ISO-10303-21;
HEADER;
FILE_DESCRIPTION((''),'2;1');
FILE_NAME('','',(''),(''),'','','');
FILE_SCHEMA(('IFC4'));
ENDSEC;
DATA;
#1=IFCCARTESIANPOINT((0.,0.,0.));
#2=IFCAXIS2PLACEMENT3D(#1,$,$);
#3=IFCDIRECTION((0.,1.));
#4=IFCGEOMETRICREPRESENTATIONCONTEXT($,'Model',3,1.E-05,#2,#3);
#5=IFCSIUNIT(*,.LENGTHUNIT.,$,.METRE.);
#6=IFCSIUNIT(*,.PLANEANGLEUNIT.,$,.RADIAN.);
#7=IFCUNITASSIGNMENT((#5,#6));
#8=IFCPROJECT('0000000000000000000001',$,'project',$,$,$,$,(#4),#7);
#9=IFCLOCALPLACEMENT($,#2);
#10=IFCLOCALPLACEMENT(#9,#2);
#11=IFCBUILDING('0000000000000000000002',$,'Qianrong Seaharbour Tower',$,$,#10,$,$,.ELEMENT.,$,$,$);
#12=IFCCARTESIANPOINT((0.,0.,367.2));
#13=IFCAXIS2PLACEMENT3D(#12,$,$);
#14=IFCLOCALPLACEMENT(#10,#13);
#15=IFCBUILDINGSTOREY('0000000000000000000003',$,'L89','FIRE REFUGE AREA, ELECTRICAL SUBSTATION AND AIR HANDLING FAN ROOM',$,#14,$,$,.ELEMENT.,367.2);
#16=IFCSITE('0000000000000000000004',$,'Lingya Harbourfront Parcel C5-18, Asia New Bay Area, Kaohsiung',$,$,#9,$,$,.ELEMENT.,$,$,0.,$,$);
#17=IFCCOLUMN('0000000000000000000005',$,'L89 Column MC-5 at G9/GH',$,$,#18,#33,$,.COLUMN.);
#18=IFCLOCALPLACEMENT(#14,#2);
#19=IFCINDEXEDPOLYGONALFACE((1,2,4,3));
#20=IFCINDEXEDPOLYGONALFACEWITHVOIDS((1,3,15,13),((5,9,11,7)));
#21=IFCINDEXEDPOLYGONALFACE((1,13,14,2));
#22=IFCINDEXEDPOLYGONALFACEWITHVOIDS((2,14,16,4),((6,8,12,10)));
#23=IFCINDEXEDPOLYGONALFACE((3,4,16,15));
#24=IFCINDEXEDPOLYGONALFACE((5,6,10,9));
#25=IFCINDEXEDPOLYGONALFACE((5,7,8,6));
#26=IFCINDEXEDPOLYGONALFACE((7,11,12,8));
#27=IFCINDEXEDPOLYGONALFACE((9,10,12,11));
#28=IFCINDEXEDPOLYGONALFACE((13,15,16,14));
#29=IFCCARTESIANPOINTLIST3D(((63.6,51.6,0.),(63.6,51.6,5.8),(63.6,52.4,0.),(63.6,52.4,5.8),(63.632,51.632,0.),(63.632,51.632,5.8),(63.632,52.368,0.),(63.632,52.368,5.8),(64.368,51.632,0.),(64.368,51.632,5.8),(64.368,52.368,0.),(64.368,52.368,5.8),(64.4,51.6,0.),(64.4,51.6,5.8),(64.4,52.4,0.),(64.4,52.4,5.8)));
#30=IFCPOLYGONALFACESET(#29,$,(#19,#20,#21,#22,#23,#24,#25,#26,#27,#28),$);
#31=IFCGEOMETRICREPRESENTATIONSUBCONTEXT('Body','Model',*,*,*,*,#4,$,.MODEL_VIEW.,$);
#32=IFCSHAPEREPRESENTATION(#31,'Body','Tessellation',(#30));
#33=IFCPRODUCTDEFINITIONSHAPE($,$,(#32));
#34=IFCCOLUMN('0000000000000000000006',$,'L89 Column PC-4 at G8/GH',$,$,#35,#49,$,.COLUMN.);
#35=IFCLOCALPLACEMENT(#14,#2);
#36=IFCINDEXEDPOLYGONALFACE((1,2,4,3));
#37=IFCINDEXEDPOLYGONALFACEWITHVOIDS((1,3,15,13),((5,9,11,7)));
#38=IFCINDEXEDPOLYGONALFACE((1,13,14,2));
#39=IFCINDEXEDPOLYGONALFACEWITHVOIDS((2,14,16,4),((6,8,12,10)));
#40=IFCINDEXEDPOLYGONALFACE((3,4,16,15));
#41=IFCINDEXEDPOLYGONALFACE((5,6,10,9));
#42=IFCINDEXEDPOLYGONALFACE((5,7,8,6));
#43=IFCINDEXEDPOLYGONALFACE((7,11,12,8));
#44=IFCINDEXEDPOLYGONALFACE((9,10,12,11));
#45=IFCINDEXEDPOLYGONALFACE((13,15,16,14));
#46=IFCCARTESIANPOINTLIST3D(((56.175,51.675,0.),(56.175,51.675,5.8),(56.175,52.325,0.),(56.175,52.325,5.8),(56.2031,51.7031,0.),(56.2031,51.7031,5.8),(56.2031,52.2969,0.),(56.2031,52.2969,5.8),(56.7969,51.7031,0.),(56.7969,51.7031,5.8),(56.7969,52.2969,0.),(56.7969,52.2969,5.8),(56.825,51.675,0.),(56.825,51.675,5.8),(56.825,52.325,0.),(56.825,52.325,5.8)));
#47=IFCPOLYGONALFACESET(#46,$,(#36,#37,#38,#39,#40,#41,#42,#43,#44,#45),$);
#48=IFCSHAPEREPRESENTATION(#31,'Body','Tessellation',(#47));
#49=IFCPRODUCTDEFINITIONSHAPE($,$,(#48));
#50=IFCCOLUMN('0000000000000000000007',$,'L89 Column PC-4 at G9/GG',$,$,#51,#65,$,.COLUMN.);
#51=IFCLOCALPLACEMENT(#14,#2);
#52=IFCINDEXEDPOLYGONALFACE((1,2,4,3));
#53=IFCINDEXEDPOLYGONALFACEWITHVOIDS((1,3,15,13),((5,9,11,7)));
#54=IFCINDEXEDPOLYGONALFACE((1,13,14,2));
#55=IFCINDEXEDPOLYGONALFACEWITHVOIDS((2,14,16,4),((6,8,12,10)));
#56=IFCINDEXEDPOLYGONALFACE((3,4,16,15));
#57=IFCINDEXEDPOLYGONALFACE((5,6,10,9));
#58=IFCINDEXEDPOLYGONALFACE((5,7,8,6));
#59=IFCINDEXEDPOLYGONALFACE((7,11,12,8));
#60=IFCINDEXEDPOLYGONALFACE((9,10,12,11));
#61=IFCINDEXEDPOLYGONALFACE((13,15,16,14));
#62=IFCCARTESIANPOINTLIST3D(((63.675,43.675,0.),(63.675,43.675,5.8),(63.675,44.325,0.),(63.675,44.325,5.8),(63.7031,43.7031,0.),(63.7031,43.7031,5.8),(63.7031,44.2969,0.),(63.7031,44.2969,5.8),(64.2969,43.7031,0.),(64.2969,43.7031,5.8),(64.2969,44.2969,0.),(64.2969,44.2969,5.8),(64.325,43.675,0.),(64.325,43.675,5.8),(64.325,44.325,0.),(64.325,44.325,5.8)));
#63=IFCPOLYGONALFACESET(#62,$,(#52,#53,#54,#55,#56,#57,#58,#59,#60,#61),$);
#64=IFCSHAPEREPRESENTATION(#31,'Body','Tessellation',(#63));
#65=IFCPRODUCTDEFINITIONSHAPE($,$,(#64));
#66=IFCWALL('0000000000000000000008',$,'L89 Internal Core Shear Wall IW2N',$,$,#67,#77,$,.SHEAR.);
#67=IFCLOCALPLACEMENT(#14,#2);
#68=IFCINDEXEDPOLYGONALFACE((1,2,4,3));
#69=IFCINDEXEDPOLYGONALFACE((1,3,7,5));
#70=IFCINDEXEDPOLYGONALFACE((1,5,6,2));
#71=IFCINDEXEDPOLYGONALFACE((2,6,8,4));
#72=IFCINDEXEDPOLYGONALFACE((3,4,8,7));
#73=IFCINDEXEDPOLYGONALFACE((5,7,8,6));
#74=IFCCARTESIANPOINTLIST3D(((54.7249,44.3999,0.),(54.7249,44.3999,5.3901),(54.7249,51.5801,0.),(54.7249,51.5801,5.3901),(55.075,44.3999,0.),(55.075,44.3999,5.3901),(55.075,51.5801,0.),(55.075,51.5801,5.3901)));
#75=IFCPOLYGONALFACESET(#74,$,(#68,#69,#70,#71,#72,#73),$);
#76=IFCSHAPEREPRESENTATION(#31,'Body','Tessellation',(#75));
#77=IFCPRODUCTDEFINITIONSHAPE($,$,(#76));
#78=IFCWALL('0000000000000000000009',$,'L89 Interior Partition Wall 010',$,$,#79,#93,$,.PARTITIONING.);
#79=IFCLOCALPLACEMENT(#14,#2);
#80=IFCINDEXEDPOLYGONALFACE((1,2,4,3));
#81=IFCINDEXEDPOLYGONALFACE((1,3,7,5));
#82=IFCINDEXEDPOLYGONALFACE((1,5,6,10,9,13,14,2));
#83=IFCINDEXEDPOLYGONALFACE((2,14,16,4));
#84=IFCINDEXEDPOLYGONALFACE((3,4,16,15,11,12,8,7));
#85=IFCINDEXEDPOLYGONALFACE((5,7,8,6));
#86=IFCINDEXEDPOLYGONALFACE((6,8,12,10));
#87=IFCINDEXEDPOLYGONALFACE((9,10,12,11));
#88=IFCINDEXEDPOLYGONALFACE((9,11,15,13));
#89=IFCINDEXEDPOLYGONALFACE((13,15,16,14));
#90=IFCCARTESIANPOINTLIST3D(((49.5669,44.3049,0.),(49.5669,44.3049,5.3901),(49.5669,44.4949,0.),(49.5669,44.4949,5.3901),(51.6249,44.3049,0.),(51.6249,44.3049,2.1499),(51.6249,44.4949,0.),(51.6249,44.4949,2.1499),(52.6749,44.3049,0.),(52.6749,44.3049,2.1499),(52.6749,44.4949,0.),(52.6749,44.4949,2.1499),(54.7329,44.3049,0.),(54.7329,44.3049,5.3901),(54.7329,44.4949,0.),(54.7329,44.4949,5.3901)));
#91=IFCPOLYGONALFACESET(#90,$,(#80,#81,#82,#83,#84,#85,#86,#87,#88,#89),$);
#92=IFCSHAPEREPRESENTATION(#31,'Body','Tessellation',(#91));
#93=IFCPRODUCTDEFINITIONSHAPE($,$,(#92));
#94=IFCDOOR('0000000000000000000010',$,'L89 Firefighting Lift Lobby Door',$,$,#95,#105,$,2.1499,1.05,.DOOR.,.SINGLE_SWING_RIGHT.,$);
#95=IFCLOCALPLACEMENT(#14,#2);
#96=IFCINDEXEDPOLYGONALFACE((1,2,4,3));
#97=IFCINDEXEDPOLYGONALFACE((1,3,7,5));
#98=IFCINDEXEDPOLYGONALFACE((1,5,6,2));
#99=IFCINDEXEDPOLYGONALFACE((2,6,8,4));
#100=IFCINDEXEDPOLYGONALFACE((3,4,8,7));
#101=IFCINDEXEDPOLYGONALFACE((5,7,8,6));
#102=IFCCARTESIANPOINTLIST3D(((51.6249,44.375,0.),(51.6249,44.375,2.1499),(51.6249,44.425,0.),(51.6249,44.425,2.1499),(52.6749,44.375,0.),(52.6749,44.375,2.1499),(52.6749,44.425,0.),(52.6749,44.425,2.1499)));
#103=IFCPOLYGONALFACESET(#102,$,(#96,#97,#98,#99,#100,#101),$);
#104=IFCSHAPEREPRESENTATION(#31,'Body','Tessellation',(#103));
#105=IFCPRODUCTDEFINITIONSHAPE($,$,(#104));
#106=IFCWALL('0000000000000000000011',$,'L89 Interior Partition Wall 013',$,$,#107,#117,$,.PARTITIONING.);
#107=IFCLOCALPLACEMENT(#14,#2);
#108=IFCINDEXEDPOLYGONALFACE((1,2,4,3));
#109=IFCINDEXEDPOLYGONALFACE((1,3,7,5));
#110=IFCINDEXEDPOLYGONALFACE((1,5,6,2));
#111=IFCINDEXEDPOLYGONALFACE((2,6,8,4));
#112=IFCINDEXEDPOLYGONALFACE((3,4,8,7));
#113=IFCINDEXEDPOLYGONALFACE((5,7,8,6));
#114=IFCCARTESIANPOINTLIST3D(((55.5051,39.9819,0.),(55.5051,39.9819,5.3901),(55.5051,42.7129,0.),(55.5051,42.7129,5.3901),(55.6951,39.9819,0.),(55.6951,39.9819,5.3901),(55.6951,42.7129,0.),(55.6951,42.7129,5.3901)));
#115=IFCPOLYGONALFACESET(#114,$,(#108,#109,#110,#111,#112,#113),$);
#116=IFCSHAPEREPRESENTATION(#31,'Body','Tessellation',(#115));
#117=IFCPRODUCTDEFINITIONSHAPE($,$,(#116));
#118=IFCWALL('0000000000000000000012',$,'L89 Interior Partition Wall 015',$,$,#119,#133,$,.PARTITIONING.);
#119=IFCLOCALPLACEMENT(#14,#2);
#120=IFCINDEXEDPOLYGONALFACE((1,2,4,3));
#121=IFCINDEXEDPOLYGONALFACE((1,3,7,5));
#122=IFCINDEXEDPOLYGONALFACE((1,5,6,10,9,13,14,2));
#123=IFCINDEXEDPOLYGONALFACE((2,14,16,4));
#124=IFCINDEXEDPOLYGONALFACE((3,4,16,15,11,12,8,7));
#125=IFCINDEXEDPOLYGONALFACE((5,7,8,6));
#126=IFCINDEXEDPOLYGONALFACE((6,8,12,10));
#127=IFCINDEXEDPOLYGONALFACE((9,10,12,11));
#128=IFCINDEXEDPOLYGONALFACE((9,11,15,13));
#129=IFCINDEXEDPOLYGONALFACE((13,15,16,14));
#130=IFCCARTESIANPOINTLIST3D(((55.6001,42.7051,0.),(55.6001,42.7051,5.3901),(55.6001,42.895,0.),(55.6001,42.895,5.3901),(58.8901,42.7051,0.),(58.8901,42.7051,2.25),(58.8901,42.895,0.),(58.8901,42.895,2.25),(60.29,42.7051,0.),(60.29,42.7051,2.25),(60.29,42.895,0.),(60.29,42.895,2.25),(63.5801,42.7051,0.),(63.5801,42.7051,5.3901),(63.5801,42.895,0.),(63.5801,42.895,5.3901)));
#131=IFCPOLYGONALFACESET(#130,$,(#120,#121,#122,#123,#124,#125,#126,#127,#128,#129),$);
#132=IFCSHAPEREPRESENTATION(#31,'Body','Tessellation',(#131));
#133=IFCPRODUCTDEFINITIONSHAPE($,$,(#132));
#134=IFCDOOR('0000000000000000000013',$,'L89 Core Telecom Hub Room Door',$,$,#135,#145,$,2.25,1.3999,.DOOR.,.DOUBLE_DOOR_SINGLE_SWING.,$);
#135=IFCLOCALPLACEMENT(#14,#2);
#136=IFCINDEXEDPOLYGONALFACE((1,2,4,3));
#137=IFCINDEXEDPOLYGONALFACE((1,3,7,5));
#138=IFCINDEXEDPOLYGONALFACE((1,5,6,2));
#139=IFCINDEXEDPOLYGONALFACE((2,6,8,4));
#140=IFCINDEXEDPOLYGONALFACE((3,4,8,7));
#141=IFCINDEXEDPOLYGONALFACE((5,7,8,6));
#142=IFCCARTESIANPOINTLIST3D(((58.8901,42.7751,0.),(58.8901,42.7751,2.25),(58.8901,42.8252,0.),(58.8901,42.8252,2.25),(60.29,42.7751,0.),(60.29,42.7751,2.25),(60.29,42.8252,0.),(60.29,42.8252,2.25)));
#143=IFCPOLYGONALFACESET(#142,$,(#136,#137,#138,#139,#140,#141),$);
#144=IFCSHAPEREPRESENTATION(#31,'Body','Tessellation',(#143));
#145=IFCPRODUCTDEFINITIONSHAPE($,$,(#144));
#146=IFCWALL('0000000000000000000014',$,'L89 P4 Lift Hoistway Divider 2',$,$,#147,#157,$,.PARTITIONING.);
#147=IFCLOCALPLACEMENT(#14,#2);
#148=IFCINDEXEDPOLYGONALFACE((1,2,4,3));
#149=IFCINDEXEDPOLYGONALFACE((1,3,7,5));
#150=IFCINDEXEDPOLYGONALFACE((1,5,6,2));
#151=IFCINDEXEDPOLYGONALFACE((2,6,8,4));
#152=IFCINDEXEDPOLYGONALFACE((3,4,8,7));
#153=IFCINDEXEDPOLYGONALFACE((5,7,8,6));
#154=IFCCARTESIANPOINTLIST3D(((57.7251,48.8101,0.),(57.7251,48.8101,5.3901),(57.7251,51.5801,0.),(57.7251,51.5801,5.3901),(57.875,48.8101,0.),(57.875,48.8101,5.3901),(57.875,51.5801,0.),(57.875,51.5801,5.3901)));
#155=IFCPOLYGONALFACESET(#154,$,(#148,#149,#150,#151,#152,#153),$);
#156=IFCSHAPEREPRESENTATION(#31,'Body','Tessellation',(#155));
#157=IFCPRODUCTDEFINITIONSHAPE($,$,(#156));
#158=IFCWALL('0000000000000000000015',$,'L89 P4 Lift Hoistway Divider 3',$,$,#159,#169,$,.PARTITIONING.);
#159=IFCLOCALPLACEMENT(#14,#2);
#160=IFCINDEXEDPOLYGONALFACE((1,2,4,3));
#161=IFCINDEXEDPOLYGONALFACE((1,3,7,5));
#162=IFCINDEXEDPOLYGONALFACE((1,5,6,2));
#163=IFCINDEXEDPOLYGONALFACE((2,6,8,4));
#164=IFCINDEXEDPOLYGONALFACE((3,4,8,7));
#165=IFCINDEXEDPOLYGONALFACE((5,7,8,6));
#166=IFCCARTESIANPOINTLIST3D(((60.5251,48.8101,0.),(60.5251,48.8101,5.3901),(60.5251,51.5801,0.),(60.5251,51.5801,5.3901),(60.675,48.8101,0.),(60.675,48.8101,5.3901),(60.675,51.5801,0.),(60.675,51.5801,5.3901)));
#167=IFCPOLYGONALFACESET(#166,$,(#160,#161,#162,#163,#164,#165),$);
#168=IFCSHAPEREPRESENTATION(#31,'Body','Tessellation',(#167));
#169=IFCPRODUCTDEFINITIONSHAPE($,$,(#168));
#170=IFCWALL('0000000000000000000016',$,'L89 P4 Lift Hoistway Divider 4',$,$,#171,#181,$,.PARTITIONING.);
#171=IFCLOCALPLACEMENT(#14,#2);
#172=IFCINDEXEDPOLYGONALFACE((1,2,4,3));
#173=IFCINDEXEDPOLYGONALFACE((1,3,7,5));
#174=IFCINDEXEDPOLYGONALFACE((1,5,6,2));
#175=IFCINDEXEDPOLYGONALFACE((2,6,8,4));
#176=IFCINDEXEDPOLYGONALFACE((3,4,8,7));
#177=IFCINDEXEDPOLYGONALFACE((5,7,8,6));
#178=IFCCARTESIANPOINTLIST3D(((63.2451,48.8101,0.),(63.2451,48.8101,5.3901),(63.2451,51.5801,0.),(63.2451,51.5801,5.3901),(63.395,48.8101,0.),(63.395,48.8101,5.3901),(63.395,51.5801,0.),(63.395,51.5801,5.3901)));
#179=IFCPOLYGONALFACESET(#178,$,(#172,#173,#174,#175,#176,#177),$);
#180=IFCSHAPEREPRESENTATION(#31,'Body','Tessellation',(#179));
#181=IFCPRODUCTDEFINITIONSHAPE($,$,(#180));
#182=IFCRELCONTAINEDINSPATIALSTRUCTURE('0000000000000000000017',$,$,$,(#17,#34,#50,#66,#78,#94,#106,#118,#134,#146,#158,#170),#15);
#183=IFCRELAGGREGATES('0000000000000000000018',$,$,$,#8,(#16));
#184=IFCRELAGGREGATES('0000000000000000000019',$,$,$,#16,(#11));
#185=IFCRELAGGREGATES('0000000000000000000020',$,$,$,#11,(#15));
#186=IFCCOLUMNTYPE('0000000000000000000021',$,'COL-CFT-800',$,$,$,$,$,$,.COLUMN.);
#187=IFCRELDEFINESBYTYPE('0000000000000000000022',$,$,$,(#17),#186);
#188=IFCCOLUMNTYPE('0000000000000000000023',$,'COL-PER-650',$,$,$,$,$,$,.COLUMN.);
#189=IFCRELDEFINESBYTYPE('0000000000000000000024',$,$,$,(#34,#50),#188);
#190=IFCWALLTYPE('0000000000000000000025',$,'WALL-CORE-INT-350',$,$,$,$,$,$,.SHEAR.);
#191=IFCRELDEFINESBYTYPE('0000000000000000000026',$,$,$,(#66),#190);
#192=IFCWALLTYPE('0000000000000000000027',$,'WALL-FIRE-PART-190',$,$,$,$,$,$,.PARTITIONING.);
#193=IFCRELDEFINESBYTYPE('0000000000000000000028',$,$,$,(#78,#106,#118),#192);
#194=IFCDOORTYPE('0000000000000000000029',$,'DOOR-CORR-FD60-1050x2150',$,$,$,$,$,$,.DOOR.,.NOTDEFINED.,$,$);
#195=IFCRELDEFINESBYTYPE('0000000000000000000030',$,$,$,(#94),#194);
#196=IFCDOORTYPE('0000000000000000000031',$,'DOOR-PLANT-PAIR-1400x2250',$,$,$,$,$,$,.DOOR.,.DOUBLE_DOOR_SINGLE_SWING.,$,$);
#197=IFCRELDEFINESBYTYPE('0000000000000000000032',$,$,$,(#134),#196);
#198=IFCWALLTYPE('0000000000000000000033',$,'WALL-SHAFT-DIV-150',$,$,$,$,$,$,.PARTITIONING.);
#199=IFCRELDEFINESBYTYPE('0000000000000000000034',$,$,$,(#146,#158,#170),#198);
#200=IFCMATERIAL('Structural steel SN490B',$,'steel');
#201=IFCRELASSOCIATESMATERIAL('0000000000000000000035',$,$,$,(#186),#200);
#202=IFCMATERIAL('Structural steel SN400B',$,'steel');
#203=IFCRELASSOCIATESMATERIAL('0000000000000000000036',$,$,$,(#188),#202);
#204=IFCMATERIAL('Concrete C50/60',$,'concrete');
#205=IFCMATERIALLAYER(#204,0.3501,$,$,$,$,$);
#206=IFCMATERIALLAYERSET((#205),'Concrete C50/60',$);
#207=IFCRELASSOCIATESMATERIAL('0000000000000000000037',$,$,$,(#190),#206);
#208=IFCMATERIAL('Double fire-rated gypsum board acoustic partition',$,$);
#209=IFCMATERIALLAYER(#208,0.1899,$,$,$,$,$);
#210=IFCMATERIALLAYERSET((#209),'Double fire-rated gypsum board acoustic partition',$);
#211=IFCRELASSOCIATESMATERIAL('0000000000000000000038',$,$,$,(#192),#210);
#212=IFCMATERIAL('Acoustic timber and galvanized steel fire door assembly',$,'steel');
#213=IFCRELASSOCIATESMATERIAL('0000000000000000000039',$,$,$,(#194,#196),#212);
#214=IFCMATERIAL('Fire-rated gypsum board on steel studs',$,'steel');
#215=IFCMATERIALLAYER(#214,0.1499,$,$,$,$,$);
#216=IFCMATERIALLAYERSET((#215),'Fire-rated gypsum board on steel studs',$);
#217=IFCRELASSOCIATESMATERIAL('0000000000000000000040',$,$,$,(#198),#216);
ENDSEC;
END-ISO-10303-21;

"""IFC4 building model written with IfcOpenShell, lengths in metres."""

from ifc_helpers import new_model, si_unit, direction, frame, frame_2d, origin, origin_2d, place, context, subcontext, project, spatial, rectangle, hollow_rectangle, extrude, material, layer, layer_set, material_profile, profile_set, type_object, element, fill, save


model = new_model("IFC4")

# Units and contexts
model_context = context("Model", 3, precision=1e-05, world=origin(), true_north=direction((0.0, 1.0)))
body_context = subcontext(model_context, "Body", "Model", "MODEL_VIEW")
ifc_project = project(units=[si_unit("LENGTHUNIT", "METRE"), si_unit("PLANEANGLEUNIT", "RADIAN")], contexts=[model_context])

# Site, building, storey
site_placement = place(None, origin())
site = spatial("IfcSite", under=ifc_project, at=site_placement, Name="Lingya Harbourfront Parcel C5-18, Asia New Bay Area, Kaohsiung", CompositionType="ELEMENT", RefElevation=0.0)
building_placement = place(site_placement, origin())
building = spatial("IfcBuilding", under=site, at=building_placement, Name="Qianrong Seaharbour Tower", CompositionType="ELEMENT")
storey_placement = place(building_placement, frame((0.0, 0.0, 367.2)))
storey = spatial("IfcBuildingStorey", under=building, at=storey_placement, Name="L89", Description="FIRE REFUGE AREA, ELECTRICAL SUBSTATION AND AIR HANDLING FAN ROOM", CompositionType="ELEMENT", Elevation=367.2)

# Columns
ifc_material_1 = material(Name="Structural steel SN490B", Category="steel")
ifc_material_profile_1 = material_profile(ifc_material_1, hollow_rectangle(XDim=0.8, YDim=0.8, WallThickness=0.032, at=origin_2d()), Name="BOX800x800x32")
ifc_profile_set_1 = profile_set([ifc_material_profile_1], Name="Structural steel SN490B")
column_type_1 = type_object("IfcColumnType", Name="COL-CFT-800", PredefinedType="COLUMN", material=ifc_profile_set_1)
column_placement = place(storey_placement, frame((64.0, 52.0, 0.0), z_axis=(0.0, 0.0, 1.0), x_axis=(1.0, 0.0, 0.0)))
element("IfcColumn", 1, at=column_placement, inside=storey, type_object=column_type_1, Name="L89 Column MC-5 at G9/GH", PredefinedType="COLUMN", context=body_context, shape_type="SweptSolid", body=[
    extrude(hollow_rectangle(XDim=0.8, YDim=0.8, WallThickness=0.032, at=origin_2d()), origin(), (0.0, 0.0, 1.0), 5.8),
])
ifc_material_2 = material(Name="Structural steel SN400B", Category="steel")
ifc_material_profile_2 = material_profile(ifc_material_2, hollow_rectangle(XDim=0.6499, YDim=0.6499, WallThickness=0.0281, at=origin_2d()), Name="BOX650x650x28")
ifc_profile_set_2 = profile_set([ifc_material_profile_2], Name="Structural steel SN400B")
column_type_2 = type_object("IfcColumnType", Name="COL-PER-650", PredefinedType="COLUMN", material=ifc_profile_set_2)
for number, where, z_axis, x_axis, name in (
    (2, (56.5, 52.0, 0.0), (0.0, 0.0, 1.0), (1.0, 0.0, 0.0), "L89 Column PC-4 at G8/GH"),
    (3, (64.0, 44.0, 0.0), (0.0, 0.0, 1.0), (1.0, 0.0, 0.0), "L89 Column PC-4 at G9/GG"),
):
    element("IfcColumn", number, at=place(storey_placement, frame(where, z_axis=z_axis, x_axis=x_axis)), inside=storey, type_object=column_type_2, Name=name, PredefinedType="COLUMN", context=body_context, shape_type="SweptSolid", body=[
        extrude(hollow_rectangle(XDim=0.6499, YDim=0.6499, WallThickness=0.0281, at=origin_2d()), origin(), (0.0, 0.0, 1.0), 5.8),
    ])

# Wall
ifc_material_3 = material(Name="Concrete C50/60", Category="concrete")
ifc_layer_1 = layer(ifc_material_3, 0.3501)
ifc_layer_set_1 = layer_set([ifc_layer_1], Name="Concrete C50/60")
wall_type_1 = type_object("IfcWallType", Name="WALL-CORE-INT-350", PredefinedType="SHEAR", material=ifc_layer_set_1)
wall_1_placement = place(storey_placement, frame((54.8999, 44.3999, 0.0), z_axis=(0.0, 0.0, 1.0), x_axis=(0.0, 1.0, 0.0)))
element("IfcWall", 4, at=wall_1_placement, inside=storey, type_object=wall_type_1, Name="L89 Internal Core Shear Wall IW2N", PredefinedType="SHEAR", context=body_context, shape_type="SweptSolid", body=[
    extrude(rectangle(XDim=7.1802, YDim=0.3501, at=frame_2d((3.5901, 0.0))), origin(), (0.0, 0.0, 1.0), 5.3901),
])

# Wall, opening, door
ifc_material_4 = material(Name="Double fire-rated gypsum board acoustic partition")
ifc_layer_2 = layer(ifc_material_4, 0.1899)
ifc_layer_set_2 = layer_set([ifc_layer_2], Name="Double fire-rated gypsum board acoustic partition")
wall_type_2 = type_object("IfcWallType", Name="WALL-FIRE-PART-190", PredefinedType="PARTITIONING", material=ifc_layer_set_2)
wall_2_placement = place(storey_placement, frame((54.7329, 44.3999, 0.0), z_axis=(0.0, 0.0, 1.0), x_axis=(-1.0, 0.0, 0.0)))
wall_2 = element("IfcWall", 5, at=wall_2_placement, inside=storey, type_object=wall_type_2, Name="L89 Interior Partition Wall 010", PredefinedType="PARTITIONING", context=body_context, shape_type="SweptSolid", body=[
    extrude(rectangle(XDim=5.166, YDim=0.1899, at=frame_2d((2.583, 0.0))), origin(), (0.0, 0.0, 1.0), 5.3901),
])
opening_1_placement = place(wall_2_placement, frame((2.0581, 0.0, 0.0)))
opening_1 = element("IfcOpeningElement", 6, at=opening_1_placement, cuts=wall_2, PredefinedType="OPENING", context=body_context, shape_type="SweptSolid", body=[
    extrude(rectangle(XDim=1.05, YDim=2.1499, at=frame_2d((0.5249, 1.075))), frame((0.0, 0.105, 0.0), z_axis=(0.0, -1.0, 0.0), x_axis=(1.0, 0.0, 0.0)), (0.0, 0.0, 1.0), 0.21),
])
ifc_material_5 = material(Name="Acoustic timber and galvanized steel fire door assembly", Category="steel")
door_type_1 = type_object("IfcDoorType", Name="DOOR-CORR-FD60-1050x2150", OperationType="NOTDEFINED", PredefinedType="DOOR", material=ifc_material_5)
door_1_placement = place(opening_1_placement, origin())
door_1 = element("IfcDoor", 7, at=door_1_placement, inside=storey, type_object=door_type_1, Name="L89 Firefighting Lift Lobby Door", OperationType="SINGLE_SWING_RIGHT", OverallHeight=2.1499, OverallWidth=1.05, PredefinedType="DOOR", context=body_context, shape_type="SweptSolid", body=[
    extrude(rectangle(XDim=1.05, YDim=2.1499, at=frame_2d((0.5249, 1.075))), frame((0.0, 0.0249, 0.0), z_axis=(0.0, -1.0, 0.0), x_axis=(1.0, 0.0, 0.0)), (0.0, 0.0, 1.0), 0.05),
])
fill(opening_1, door_1)

# Wall
wall_3_placement = place(storey_placement, frame((55.6001, 42.7129, 0.0), z_axis=(0.0, 0.0, 1.0), x_axis=(0.0, -1.0, 0.0)))
element("IfcWall", 8, at=wall_3_placement, inside=storey, type_object=wall_type_2, Name="L89 Interior Partition Wall 013", PredefinedType="PARTITIONING", context=body_context, shape_type="SweptSolid", body=[
    extrude(rectangle(XDim=2.731, YDim=0.1899, at=frame_2d((1.3655, 0.0))), origin(), (0.0, 0.0, 1.0), 5.3901),
])

# Wall, opening, door
wall_4_placement = place(storey_placement, frame((63.5801, 42.8, 0.0), z_axis=(0.0, 0.0, 1.0), x_axis=(-1.0, 0.0, 0.0)))
wall_4 = element("IfcWall", 9, at=wall_4_placement, inside=storey, type_object=wall_type_2, Name="L89 Interior Partition Wall 015", PredefinedType="PARTITIONING", context=body_context, shape_type="SweptSolid", body=[
    extrude(rectangle(XDim=7.98, YDim=0.1899, at=frame_2d((3.99, 0.0))), origin(), (0.0, 0.0, 1.0), 5.3901),
])
opening_2_placement = place(wall_4_placement, frame((3.29, 0.0, 0.0)))
opening_2 = element("IfcOpeningElement", 10, at=opening_2_placement, cuts=wall_4, PredefinedType="OPENING", context=body_context, shape_type="SweptSolid", body=[
    extrude(rectangle(XDim=1.3999, YDim=2.25, at=frame_2d((0.7, 1.125))), frame((0.0, 0.105, 0.0), z_axis=(0.0, -1.0, 0.0), x_axis=(1.0, 0.0, 0.0)), (0.0, 0.0, 1.0), 0.21),
])
door_type_2 = type_object("IfcDoorType", Name="DOOR-PLANT-PAIR-1400x2250", OperationType="DOUBLE_DOOR_SINGLE_SWING", PredefinedType="DOOR", material=ifc_material_5)
door_2_placement = place(opening_2_placement, origin())
door_2 = element("IfcDoor", 11, at=door_2_placement, inside=storey, type_object=door_type_2, Name="L89 Core Telecom Hub Room Door", OperationType="DOUBLE_DOOR_SINGLE_SWING", OverallHeight=2.25, OverallWidth=1.3999, PredefinedType="DOOR", context=body_context, shape_type="SweptSolid", body=[
    extrude(rectangle(XDim=1.3999, YDim=2.25, at=frame_2d((0.7, 1.125))), frame((0.0, 0.0249, 0.0), z_axis=(0.0, -1.0, 0.0), x_axis=(1.0, 0.0, 0.0)), (0.0, 0.0, 1.0), 0.05),
])
fill(opening_2, door_2)

# Walls
ifc_material_6 = material(Name="Fire-rated gypsum board on steel studs", Category="steel")
ifc_layer_3 = layer(ifc_material_6, 0.1499)
ifc_layer_set_3 = layer_set([ifc_layer_3], Name="Fire-rated gypsum board on steel studs")
wall_type_3 = type_object("IfcWallType", Name="WALL-SHAFT-DIV-150", PredefinedType="PARTITIONING", material=ifc_layer_set_3)
for number, where, z_axis, x_axis, name in (
    (12, (57.8, 48.8101, 0.0), (0.0, 0.0, 1.0), (0.0, 1.0, 0.0), "L89 P4 Lift Hoistway Divider 2"),
    (13, (60.6001, 48.8101, 0.0), (0.0, 0.0, 1.0), (0.0, 1.0, 0.0), "L89 P4 Lift Hoistway Divider 3"),
    (14, (63.3201, 48.8101, 0.0), (0.0, 0.0, 1.0), (0.0, 1.0, 0.0), "L89 P4 Lift Hoistway Divider 4"),
):
    element("IfcWall", number, at=place(storey_placement, frame(where, z_axis=z_axis, x_axis=x_axis)), inside=storey, type_object=wall_type_3, Name=name, PredefinedType="PARTITIONING", context=body_context, shape_type="SweptSolid", body=[
        extrude(rectangle(XDim=2.77, YDim=0.1499, at=frame_2d((1.385, 0.0))), origin(), (0.0, 0.0, 1.0), 5.3901),
    ])

save(model, "model.ifc")
